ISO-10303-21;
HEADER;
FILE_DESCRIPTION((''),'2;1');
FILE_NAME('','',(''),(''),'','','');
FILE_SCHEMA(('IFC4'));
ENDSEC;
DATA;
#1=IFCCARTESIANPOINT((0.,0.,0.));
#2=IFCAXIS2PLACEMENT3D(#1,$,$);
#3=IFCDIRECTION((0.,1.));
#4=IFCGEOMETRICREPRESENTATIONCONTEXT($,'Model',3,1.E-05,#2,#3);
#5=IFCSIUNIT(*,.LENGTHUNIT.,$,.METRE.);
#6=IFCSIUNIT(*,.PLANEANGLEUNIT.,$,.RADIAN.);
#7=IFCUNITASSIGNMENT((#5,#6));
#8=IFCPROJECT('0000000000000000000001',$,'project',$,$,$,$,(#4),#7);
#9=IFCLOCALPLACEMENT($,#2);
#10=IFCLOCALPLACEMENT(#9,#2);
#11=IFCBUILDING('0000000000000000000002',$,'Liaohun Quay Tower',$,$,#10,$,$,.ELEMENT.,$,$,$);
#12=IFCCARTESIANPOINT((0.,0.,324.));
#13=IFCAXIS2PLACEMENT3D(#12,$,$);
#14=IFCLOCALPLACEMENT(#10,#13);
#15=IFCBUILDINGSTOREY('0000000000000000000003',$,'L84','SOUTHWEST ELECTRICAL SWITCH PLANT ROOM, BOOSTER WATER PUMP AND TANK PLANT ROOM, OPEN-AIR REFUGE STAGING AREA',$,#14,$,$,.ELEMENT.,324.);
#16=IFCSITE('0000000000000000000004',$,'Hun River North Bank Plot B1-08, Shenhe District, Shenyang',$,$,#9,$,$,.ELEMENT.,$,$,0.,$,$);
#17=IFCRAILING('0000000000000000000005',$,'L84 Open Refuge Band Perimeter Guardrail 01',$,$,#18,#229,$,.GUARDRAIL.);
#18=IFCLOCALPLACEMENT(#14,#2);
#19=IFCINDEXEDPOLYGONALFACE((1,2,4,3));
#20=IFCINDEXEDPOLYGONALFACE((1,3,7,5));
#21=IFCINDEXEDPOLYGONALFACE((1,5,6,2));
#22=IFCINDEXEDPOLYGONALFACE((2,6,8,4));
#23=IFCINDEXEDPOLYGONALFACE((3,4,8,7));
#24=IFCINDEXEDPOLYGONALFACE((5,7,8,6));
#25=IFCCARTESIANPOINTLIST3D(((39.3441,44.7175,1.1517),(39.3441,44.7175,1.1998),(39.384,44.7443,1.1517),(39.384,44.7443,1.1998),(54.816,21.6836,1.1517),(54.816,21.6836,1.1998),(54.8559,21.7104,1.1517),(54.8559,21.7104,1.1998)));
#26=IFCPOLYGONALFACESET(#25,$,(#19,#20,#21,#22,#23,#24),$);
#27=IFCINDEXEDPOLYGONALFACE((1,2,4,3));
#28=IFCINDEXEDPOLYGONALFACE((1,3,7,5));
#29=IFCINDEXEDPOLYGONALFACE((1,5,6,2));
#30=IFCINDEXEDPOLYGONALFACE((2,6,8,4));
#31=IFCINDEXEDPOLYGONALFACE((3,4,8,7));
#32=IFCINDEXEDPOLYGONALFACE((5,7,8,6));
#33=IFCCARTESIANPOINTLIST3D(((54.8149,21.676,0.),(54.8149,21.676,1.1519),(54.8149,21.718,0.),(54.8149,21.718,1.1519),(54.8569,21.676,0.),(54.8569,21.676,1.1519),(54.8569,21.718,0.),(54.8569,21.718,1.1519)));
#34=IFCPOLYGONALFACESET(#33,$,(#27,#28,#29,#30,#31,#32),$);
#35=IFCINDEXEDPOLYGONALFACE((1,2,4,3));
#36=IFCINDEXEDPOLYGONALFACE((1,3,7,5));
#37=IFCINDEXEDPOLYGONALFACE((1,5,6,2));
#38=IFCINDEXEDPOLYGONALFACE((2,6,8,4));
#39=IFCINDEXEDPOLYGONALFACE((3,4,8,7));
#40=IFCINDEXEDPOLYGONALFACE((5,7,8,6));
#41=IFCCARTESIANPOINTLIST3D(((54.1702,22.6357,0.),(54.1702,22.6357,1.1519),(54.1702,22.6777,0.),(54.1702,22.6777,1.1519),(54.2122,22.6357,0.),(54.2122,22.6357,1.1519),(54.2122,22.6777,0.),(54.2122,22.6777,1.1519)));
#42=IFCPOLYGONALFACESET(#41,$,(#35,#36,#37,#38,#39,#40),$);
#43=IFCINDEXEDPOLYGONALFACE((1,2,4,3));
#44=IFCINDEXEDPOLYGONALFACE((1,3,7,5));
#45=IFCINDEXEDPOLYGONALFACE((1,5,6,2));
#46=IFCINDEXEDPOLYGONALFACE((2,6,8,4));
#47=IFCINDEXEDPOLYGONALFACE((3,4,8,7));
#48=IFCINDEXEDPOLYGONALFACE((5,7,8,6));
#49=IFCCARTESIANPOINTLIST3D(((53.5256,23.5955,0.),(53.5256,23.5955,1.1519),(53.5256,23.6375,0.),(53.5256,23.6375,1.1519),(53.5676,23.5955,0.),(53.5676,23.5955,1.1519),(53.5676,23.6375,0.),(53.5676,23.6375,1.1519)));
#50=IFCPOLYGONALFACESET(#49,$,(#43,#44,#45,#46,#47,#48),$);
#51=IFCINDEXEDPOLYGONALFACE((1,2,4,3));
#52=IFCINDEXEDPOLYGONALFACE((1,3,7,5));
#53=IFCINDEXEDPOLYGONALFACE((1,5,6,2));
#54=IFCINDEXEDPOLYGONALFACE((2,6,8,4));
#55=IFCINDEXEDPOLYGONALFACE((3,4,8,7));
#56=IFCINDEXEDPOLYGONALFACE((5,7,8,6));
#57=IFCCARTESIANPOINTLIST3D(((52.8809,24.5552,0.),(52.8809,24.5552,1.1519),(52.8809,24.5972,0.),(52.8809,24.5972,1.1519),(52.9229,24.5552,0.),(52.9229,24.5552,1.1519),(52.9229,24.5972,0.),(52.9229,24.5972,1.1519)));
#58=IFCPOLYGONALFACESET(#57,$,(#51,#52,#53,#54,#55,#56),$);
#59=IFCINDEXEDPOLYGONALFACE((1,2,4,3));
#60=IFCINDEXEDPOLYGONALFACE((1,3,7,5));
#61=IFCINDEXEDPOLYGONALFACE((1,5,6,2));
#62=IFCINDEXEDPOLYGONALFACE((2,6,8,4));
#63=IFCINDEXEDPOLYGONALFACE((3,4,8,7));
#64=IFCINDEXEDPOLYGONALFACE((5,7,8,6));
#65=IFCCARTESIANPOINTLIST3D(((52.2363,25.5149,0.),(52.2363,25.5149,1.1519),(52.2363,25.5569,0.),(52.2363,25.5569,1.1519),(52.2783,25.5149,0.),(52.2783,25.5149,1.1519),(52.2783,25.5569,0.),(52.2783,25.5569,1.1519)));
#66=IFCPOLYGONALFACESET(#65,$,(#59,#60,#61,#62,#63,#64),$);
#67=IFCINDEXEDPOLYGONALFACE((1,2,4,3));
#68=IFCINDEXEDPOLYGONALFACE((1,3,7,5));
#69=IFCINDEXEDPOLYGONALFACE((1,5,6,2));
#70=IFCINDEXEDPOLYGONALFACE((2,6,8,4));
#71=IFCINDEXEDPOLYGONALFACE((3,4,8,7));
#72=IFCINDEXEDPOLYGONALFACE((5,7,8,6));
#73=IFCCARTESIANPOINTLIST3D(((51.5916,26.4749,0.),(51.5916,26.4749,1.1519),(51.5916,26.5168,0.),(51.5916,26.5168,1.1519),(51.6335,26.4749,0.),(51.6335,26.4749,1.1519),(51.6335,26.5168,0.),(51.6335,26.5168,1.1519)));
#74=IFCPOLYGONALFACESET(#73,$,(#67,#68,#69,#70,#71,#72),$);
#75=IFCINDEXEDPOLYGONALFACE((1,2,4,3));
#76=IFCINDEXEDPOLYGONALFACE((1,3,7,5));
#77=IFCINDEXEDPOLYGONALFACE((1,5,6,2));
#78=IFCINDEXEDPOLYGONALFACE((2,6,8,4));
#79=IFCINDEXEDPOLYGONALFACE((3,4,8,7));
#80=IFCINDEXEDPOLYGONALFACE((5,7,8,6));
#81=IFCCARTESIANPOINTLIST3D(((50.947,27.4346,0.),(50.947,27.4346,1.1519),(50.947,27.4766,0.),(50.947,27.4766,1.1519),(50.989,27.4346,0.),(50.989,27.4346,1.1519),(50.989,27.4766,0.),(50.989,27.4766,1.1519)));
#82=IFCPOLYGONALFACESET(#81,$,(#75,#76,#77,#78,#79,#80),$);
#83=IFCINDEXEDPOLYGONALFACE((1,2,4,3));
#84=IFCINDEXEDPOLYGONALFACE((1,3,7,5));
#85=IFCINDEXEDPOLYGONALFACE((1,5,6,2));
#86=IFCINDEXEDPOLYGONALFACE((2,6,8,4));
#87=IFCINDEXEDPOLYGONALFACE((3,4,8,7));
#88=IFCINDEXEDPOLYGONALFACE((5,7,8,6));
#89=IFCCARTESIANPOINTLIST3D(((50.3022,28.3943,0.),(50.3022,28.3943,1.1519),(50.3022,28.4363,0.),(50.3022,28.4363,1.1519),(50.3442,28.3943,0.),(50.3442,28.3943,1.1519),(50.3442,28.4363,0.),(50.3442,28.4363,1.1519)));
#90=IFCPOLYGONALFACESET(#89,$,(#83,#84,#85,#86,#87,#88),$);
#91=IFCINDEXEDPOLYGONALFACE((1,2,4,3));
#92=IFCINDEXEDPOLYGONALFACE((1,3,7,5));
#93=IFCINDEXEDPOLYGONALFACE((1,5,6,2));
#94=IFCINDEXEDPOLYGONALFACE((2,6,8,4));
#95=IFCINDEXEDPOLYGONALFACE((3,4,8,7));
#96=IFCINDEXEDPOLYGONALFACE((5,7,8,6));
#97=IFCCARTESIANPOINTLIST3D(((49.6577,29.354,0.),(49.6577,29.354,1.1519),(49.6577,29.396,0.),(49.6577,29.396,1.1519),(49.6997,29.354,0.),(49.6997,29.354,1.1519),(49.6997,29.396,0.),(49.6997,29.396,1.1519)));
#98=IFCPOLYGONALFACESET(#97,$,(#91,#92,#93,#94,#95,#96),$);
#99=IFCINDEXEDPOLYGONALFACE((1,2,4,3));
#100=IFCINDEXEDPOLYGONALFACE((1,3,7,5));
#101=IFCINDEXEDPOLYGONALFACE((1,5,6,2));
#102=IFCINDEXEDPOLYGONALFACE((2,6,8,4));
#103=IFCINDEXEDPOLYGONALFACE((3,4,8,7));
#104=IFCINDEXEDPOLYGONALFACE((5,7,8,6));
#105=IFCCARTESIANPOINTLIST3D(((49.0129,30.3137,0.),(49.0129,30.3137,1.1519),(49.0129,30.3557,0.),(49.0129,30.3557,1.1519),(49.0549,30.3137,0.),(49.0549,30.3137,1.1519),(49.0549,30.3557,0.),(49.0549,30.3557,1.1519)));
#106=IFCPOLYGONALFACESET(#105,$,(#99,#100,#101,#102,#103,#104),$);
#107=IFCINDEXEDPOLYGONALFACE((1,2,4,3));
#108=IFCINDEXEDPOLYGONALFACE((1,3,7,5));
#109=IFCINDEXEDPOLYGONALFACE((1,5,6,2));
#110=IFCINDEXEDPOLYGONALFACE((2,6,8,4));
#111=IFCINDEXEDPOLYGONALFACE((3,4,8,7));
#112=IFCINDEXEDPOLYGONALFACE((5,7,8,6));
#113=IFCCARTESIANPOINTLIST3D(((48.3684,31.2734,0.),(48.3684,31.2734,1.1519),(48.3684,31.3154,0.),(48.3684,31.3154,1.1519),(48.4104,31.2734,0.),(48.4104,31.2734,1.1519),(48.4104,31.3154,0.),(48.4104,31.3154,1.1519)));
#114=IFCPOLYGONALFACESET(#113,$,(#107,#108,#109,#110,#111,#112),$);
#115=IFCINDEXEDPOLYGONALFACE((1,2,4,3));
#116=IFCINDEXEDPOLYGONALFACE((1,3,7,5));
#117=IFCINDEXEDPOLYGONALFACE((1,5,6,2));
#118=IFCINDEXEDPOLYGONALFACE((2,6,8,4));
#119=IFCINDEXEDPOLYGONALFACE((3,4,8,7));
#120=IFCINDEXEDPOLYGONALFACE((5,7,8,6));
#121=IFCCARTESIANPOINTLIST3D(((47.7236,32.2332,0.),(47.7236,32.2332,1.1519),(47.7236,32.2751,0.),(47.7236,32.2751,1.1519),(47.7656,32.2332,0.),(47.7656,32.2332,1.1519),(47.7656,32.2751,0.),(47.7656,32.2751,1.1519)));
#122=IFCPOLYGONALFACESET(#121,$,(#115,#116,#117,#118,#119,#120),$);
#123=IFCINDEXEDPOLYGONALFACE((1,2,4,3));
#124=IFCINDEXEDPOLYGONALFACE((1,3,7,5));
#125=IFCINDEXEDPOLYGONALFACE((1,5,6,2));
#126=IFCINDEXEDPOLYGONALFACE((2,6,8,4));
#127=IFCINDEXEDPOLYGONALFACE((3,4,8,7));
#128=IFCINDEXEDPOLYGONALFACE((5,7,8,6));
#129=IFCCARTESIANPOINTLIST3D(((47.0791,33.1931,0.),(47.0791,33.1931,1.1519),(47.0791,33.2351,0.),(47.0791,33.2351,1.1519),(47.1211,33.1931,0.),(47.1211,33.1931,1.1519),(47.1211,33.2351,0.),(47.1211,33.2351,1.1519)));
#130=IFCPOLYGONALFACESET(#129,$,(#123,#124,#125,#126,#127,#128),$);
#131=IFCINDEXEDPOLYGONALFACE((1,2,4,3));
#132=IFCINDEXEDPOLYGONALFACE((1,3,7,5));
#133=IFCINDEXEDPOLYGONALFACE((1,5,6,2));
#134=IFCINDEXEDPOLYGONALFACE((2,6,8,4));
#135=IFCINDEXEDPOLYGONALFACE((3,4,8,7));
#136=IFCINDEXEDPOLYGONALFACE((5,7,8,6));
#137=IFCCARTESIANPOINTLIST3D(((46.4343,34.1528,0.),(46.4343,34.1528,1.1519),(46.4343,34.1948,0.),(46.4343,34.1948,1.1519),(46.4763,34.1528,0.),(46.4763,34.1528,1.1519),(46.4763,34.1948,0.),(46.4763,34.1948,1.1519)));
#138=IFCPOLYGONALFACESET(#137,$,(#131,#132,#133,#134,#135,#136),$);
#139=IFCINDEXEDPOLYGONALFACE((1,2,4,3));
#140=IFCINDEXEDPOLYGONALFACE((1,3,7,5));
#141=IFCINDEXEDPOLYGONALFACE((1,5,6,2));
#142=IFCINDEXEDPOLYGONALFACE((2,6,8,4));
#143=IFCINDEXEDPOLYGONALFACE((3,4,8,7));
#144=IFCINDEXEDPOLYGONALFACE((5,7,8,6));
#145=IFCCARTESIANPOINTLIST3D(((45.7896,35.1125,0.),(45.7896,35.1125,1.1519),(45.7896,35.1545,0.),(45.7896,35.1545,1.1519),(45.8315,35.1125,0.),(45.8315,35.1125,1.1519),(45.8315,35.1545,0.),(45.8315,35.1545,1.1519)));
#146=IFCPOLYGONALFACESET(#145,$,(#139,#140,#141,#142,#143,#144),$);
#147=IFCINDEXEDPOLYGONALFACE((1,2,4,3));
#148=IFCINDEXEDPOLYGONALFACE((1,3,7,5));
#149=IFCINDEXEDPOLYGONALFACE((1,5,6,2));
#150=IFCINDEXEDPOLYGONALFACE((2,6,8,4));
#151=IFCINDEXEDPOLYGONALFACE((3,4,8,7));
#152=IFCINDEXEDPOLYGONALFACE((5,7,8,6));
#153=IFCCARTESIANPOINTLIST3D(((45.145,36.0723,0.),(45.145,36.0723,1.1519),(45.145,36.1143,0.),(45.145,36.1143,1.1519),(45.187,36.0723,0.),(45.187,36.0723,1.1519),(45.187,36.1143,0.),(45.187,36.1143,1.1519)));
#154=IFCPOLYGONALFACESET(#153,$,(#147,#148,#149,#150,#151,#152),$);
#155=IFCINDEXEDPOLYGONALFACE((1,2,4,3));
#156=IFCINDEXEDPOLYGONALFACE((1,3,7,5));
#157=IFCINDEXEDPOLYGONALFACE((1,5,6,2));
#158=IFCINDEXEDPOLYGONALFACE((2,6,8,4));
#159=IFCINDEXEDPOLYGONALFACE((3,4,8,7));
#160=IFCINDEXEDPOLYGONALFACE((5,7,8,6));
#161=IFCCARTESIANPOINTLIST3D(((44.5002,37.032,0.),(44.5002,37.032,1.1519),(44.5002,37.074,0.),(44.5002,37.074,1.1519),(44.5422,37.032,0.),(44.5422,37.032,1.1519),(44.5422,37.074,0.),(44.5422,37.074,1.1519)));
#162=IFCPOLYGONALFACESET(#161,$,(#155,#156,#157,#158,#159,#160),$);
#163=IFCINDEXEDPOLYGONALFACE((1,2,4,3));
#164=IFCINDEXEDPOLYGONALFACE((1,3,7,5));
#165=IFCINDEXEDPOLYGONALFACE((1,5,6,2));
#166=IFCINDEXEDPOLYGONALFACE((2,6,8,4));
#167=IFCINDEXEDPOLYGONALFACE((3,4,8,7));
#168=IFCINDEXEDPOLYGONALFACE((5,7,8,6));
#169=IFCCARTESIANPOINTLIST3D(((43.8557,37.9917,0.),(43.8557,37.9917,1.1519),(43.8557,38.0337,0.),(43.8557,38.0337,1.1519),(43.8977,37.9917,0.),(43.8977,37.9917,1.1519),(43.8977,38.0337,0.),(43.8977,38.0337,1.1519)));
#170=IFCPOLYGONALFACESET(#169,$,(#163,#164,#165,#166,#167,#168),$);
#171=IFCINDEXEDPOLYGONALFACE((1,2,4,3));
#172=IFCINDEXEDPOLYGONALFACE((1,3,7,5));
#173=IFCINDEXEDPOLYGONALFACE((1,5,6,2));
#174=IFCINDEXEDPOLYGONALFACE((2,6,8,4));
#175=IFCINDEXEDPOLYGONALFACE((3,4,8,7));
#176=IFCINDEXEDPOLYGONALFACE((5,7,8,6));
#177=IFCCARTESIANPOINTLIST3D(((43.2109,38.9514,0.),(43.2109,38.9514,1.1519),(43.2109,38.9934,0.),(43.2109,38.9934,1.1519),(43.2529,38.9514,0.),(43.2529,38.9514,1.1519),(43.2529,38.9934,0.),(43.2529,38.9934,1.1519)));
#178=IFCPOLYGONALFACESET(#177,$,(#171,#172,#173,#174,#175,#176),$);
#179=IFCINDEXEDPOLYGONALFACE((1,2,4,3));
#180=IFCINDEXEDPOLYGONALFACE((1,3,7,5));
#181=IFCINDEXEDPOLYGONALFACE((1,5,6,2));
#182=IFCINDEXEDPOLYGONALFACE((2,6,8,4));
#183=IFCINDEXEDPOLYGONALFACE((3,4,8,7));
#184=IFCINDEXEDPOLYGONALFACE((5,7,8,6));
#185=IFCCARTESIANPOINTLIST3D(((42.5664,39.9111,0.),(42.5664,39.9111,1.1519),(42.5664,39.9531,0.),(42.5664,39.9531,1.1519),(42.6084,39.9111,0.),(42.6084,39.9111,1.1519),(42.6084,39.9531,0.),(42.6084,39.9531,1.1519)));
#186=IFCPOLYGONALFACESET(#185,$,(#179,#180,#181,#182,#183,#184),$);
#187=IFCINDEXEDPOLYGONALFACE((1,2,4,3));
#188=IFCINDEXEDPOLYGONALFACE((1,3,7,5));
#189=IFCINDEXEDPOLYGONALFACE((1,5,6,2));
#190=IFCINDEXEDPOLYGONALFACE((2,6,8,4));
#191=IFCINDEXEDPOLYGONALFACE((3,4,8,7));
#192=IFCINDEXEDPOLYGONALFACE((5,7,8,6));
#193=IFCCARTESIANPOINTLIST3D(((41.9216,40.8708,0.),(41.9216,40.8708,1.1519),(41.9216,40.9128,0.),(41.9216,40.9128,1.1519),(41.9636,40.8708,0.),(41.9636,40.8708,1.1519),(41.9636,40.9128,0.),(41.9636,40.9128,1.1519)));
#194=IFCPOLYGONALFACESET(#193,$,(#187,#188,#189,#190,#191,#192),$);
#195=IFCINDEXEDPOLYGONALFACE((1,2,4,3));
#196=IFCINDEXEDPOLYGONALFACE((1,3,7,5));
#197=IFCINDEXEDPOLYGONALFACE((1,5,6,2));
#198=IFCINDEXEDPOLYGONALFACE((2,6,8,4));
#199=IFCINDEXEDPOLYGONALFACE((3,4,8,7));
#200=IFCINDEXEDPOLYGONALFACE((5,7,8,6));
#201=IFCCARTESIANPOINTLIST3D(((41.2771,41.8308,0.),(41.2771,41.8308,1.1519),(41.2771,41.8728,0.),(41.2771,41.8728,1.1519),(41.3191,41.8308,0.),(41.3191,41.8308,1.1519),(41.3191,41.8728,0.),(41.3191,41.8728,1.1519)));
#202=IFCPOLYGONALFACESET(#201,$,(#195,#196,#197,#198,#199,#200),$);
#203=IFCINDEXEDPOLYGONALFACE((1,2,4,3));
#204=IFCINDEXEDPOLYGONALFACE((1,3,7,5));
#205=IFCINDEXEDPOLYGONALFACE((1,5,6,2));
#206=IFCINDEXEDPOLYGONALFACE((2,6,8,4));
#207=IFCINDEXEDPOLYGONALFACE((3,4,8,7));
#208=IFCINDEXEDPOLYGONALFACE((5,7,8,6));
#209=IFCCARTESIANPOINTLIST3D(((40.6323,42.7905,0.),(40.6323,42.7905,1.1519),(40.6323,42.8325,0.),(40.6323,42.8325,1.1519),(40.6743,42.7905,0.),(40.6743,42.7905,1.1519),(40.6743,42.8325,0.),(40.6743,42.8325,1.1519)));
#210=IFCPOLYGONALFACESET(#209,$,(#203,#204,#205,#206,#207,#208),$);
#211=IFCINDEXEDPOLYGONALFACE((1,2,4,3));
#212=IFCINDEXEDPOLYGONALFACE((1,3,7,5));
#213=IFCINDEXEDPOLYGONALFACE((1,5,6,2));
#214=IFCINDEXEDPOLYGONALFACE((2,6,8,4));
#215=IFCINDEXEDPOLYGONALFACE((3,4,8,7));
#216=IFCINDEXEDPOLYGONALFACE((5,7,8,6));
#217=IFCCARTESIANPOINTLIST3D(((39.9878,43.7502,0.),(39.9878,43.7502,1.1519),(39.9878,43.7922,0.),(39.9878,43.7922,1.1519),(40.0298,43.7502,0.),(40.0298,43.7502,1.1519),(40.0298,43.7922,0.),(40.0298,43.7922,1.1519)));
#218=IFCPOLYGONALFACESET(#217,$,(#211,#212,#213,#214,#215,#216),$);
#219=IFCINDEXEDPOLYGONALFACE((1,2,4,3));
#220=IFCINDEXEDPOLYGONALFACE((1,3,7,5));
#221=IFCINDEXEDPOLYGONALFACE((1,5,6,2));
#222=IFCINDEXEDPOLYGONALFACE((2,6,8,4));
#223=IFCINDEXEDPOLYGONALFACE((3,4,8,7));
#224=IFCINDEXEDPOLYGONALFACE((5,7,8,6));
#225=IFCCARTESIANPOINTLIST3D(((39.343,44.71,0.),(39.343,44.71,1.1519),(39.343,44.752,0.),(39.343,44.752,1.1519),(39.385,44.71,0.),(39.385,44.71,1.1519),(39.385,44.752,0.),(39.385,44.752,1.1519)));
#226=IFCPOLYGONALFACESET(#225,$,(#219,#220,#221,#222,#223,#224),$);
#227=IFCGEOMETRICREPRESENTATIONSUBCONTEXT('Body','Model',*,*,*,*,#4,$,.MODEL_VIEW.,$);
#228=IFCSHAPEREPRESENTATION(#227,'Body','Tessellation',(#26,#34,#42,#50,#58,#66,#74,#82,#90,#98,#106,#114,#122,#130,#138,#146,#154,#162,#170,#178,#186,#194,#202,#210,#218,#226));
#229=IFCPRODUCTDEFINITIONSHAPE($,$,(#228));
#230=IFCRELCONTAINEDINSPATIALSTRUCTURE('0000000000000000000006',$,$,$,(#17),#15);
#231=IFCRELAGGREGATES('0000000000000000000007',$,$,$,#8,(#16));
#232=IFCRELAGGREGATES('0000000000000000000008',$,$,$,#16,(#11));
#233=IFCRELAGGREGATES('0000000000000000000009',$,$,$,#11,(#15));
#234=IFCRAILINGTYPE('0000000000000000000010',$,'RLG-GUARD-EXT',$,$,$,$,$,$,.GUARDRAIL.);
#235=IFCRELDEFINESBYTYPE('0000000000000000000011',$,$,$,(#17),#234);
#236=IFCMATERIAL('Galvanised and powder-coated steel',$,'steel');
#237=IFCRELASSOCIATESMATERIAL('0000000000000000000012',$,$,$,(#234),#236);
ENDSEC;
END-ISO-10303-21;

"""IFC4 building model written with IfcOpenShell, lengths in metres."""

from ifc_helpers import new_model, si_unit, direction, frame, origin, origin_2d, place, context, subcontext, project, spatial, rectangle, extrude, material, type_object, element, save


model = new_model("IFC4")

# Units and contexts
model_context = context("Model", 3, precision=1e-05, world=origin(), true_north=direction((0.0, 1.0)))
body_context = subcontext(model_context, "Body", "Model", "MODEL_VIEW")
ifc_project = project(units=[si_unit("LENGTHUNIT", "METRE"), si_unit("PLANEANGLEUNIT", "RADIAN")], contexts=[model_context])

# Site, building, storey
site_placement = place(None, origin())
site = spatial("IfcSite", under=ifc_project, at=site_placement, Name="Hun River North Bank Plot B1-08, Shenhe District, Shenyang", CompositionType="ELEMENT", RefElevation=0.0)
building_placement = place(site_placement, origin())
building = spatial("IfcBuilding", under=site, at=building_placement, Name="Liaohun Quay Tower", CompositionType="ELEMENT")
storey_placement = place(building_placement, frame((0.0, 0.0, 324.0)))
storey = spatial("IfcBuildingStorey", under=building, at=storey_placement, Name="L84", Description="SOUTHWEST ELECTRICAL SWITCH PLANT ROOM, BOOSTER WATER PUMP AND TANK PLANT ROOM, OPEN-AIR REFUGE STAGING AREA", CompositionType="ELEMENT", Elevation=324.0)

# Railing
ifc_material_1 = material(Name="Galvanised and powder-coated steel", Category="steel")
railing_type_1 = type_object("IfcRailingType", Name="RLG-GUARD-EXT", PredefinedType="GUARDRAIL", material=ifc_material_1)
railing_1_placement = place(storey_placement, frame((54.8359, 21.697, 0.0)))
element("IfcRailing", 1, at=railing_1_placement, inside=storey, type_object=railing_type_1, Name="L84 Open Refuge Band Perimeter Guardrail 01", PredefinedType="GUARDRAIL", context=body_context, shape_type="SweptSolid", body=[
    extrude(rectangle(XDim=0.0481, YDim=0.0481, at=origin_2d()), frame((0.0, 0.0, 1.1758), z_axis=(-0.55759, 0.830116, 0.0), x_axis=(-0.830116, -0.55759, 0.0)), (0.0, 0.0, 1.0), 27.7478),
    extrude(rectangle(XDim=0.042, YDim=0.042, at=origin_2d()), origin(), (0.0, 0.0, 1.0), 1.1519),
    extrude(rectangle(XDim=0.042, YDim=0.042, at=origin_2d()), frame((-0.6448, 0.9597, 0.0)), (0.0, 0.0, 1.0), 1.1519),
    extrude(rectangle(XDim=0.042, YDim=0.042, at=origin_2d()), frame((-1.2893, 1.9194, 0.0)), (0.0, 0.0, 1.0), 1.1519),
    extrude(rectangle(XDim=0.042, YDim=0.042, at=origin_2d()), frame((-1.9341, 2.8792, 0.0)), (0.0, 0.0, 1.0), 1.1519),
    extrude(rectangle(XDim=0.042, YDim=0.042, at=origin_2d()), frame((-2.5786, 3.8389, 0.0)), (0.0, 0.0, 1.0), 1.1519),
    extrude(rectangle(XDim=0.042, YDim=0.042, at=origin_2d()), frame((-3.2234, 4.7988, 0.0)), (0.0, 0.0, 1.0), 1.1519),
    extrude(rectangle(XDim=0.042, YDim=0.042, at=origin_2d()), frame((-3.8679, 5.7585, 0.0)), (0.0, 0.0, 1.0), 1.1519),
    extrude(rectangle(XDim=0.042, YDim=0.042, at=origin_2d()), frame((-4.5127, 6.7183, 0.0)), (0.0, 0.0, 1.0), 1.1519),
    extrude(rectangle(XDim=0.042, YDim=0.042, at=origin_2d()), frame((-5.1572, 7.678, 0.0)), (0.0, 0.0, 1.0), 1.1519),
    extrude(rectangle(XDim=0.042, YDim=0.042, at=origin_2d()), frame((-5.802, 8.6377, 0.0)), (0.0, 0.0, 1.0), 1.1519),
    extrude(rectangle(XDim=0.042, YDim=0.042, at=origin_2d()), frame((-6.4465, 9.5974, 0.0)), (0.0, 0.0, 1.0), 1.1519),
    extrude(rectangle(XDim=0.042, YDim=0.042, at=origin_2d()), frame((-7.0913, 10.5571, 0.0)), (0.0, 0.0, 1.0), 1.1519),
    extrude(rectangle(XDim=0.042, YDim=0.042, at=origin_2d()), frame((-7.7358, 11.5171, 0.0)), (0.0, 0.0, 1.0), 1.1519),
    extrude(rectangle(XDim=0.042, YDim=0.042, at=origin_2d()), frame((-8.3806, 12.4768, 0.0)), (0.0, 0.0, 1.0), 1.1519),
    extrude(rectangle(XDim=0.042, YDim=0.042, at=origin_2d()), frame((-9.0254, 13.4365, 0.0)), (0.0, 0.0, 1.0), 1.1519),
    extrude(rectangle(XDim=0.042, YDim=0.042, at=origin_2d()), frame((-9.6699, 14.3962, 0.0)), (0.0, 0.0, 1.0), 1.1519),
    extrude(rectangle(XDim=0.042, YDim=0.042, at=origin_2d()), frame((-10.3147, 15.356, 0.0)), (0.0, 0.0, 1.0), 1.1519),
    extrude(rectangle(XDim=0.042, YDim=0.042, at=origin_2d()), frame((-10.9592, 16.3157, 0.0)), (0.0, 0.0, 1.0), 1.1519),
    extrude(rectangle(XDim=0.042, YDim=0.042, at=origin_2d()), frame((-11.604, 17.2754, 0.0)), (0.0, 0.0, 1.0), 1.1519),
    extrude(rectangle(XDim=0.042, YDim=0.042, at=origin_2d()), frame((-12.2485, 18.2351, 0.0)), (0.0, 0.0, 1.0), 1.1519),
    extrude(rectangle(XDim=0.042, YDim=0.042, at=origin_2d()), frame((-12.8933, 19.1948, 0.0)), (0.0, 0.0, 1.0), 1.1519),
    extrude(rectangle(XDim=0.042, YDim=0.042, at=origin_2d()), frame((-13.5378, 20.1548, 0.0)), (0.0, 0.0, 1.0), 1.1519),
    extrude(rectangle(XDim=0.042, YDim=0.042, at=origin_2d()), frame((-14.1826, 21.1145, 0.0)), (0.0, 0.0, 1.0), 1.1519),
    extrude(rectangle(XDim=0.042, YDim=0.042, at=origin_2d()), frame((-14.8271, 22.0742, 0.0)), (0.0, 0.0, 1.0), 1.1519),
    extrude(rectangle(XDim=0.042, YDim=0.042, at=origin_2d()), frame((-15.4719, 23.0339, 0.0)), (0.0, 0.0, 1.0), 1.1519),
])

save(model, "model.ifc")
